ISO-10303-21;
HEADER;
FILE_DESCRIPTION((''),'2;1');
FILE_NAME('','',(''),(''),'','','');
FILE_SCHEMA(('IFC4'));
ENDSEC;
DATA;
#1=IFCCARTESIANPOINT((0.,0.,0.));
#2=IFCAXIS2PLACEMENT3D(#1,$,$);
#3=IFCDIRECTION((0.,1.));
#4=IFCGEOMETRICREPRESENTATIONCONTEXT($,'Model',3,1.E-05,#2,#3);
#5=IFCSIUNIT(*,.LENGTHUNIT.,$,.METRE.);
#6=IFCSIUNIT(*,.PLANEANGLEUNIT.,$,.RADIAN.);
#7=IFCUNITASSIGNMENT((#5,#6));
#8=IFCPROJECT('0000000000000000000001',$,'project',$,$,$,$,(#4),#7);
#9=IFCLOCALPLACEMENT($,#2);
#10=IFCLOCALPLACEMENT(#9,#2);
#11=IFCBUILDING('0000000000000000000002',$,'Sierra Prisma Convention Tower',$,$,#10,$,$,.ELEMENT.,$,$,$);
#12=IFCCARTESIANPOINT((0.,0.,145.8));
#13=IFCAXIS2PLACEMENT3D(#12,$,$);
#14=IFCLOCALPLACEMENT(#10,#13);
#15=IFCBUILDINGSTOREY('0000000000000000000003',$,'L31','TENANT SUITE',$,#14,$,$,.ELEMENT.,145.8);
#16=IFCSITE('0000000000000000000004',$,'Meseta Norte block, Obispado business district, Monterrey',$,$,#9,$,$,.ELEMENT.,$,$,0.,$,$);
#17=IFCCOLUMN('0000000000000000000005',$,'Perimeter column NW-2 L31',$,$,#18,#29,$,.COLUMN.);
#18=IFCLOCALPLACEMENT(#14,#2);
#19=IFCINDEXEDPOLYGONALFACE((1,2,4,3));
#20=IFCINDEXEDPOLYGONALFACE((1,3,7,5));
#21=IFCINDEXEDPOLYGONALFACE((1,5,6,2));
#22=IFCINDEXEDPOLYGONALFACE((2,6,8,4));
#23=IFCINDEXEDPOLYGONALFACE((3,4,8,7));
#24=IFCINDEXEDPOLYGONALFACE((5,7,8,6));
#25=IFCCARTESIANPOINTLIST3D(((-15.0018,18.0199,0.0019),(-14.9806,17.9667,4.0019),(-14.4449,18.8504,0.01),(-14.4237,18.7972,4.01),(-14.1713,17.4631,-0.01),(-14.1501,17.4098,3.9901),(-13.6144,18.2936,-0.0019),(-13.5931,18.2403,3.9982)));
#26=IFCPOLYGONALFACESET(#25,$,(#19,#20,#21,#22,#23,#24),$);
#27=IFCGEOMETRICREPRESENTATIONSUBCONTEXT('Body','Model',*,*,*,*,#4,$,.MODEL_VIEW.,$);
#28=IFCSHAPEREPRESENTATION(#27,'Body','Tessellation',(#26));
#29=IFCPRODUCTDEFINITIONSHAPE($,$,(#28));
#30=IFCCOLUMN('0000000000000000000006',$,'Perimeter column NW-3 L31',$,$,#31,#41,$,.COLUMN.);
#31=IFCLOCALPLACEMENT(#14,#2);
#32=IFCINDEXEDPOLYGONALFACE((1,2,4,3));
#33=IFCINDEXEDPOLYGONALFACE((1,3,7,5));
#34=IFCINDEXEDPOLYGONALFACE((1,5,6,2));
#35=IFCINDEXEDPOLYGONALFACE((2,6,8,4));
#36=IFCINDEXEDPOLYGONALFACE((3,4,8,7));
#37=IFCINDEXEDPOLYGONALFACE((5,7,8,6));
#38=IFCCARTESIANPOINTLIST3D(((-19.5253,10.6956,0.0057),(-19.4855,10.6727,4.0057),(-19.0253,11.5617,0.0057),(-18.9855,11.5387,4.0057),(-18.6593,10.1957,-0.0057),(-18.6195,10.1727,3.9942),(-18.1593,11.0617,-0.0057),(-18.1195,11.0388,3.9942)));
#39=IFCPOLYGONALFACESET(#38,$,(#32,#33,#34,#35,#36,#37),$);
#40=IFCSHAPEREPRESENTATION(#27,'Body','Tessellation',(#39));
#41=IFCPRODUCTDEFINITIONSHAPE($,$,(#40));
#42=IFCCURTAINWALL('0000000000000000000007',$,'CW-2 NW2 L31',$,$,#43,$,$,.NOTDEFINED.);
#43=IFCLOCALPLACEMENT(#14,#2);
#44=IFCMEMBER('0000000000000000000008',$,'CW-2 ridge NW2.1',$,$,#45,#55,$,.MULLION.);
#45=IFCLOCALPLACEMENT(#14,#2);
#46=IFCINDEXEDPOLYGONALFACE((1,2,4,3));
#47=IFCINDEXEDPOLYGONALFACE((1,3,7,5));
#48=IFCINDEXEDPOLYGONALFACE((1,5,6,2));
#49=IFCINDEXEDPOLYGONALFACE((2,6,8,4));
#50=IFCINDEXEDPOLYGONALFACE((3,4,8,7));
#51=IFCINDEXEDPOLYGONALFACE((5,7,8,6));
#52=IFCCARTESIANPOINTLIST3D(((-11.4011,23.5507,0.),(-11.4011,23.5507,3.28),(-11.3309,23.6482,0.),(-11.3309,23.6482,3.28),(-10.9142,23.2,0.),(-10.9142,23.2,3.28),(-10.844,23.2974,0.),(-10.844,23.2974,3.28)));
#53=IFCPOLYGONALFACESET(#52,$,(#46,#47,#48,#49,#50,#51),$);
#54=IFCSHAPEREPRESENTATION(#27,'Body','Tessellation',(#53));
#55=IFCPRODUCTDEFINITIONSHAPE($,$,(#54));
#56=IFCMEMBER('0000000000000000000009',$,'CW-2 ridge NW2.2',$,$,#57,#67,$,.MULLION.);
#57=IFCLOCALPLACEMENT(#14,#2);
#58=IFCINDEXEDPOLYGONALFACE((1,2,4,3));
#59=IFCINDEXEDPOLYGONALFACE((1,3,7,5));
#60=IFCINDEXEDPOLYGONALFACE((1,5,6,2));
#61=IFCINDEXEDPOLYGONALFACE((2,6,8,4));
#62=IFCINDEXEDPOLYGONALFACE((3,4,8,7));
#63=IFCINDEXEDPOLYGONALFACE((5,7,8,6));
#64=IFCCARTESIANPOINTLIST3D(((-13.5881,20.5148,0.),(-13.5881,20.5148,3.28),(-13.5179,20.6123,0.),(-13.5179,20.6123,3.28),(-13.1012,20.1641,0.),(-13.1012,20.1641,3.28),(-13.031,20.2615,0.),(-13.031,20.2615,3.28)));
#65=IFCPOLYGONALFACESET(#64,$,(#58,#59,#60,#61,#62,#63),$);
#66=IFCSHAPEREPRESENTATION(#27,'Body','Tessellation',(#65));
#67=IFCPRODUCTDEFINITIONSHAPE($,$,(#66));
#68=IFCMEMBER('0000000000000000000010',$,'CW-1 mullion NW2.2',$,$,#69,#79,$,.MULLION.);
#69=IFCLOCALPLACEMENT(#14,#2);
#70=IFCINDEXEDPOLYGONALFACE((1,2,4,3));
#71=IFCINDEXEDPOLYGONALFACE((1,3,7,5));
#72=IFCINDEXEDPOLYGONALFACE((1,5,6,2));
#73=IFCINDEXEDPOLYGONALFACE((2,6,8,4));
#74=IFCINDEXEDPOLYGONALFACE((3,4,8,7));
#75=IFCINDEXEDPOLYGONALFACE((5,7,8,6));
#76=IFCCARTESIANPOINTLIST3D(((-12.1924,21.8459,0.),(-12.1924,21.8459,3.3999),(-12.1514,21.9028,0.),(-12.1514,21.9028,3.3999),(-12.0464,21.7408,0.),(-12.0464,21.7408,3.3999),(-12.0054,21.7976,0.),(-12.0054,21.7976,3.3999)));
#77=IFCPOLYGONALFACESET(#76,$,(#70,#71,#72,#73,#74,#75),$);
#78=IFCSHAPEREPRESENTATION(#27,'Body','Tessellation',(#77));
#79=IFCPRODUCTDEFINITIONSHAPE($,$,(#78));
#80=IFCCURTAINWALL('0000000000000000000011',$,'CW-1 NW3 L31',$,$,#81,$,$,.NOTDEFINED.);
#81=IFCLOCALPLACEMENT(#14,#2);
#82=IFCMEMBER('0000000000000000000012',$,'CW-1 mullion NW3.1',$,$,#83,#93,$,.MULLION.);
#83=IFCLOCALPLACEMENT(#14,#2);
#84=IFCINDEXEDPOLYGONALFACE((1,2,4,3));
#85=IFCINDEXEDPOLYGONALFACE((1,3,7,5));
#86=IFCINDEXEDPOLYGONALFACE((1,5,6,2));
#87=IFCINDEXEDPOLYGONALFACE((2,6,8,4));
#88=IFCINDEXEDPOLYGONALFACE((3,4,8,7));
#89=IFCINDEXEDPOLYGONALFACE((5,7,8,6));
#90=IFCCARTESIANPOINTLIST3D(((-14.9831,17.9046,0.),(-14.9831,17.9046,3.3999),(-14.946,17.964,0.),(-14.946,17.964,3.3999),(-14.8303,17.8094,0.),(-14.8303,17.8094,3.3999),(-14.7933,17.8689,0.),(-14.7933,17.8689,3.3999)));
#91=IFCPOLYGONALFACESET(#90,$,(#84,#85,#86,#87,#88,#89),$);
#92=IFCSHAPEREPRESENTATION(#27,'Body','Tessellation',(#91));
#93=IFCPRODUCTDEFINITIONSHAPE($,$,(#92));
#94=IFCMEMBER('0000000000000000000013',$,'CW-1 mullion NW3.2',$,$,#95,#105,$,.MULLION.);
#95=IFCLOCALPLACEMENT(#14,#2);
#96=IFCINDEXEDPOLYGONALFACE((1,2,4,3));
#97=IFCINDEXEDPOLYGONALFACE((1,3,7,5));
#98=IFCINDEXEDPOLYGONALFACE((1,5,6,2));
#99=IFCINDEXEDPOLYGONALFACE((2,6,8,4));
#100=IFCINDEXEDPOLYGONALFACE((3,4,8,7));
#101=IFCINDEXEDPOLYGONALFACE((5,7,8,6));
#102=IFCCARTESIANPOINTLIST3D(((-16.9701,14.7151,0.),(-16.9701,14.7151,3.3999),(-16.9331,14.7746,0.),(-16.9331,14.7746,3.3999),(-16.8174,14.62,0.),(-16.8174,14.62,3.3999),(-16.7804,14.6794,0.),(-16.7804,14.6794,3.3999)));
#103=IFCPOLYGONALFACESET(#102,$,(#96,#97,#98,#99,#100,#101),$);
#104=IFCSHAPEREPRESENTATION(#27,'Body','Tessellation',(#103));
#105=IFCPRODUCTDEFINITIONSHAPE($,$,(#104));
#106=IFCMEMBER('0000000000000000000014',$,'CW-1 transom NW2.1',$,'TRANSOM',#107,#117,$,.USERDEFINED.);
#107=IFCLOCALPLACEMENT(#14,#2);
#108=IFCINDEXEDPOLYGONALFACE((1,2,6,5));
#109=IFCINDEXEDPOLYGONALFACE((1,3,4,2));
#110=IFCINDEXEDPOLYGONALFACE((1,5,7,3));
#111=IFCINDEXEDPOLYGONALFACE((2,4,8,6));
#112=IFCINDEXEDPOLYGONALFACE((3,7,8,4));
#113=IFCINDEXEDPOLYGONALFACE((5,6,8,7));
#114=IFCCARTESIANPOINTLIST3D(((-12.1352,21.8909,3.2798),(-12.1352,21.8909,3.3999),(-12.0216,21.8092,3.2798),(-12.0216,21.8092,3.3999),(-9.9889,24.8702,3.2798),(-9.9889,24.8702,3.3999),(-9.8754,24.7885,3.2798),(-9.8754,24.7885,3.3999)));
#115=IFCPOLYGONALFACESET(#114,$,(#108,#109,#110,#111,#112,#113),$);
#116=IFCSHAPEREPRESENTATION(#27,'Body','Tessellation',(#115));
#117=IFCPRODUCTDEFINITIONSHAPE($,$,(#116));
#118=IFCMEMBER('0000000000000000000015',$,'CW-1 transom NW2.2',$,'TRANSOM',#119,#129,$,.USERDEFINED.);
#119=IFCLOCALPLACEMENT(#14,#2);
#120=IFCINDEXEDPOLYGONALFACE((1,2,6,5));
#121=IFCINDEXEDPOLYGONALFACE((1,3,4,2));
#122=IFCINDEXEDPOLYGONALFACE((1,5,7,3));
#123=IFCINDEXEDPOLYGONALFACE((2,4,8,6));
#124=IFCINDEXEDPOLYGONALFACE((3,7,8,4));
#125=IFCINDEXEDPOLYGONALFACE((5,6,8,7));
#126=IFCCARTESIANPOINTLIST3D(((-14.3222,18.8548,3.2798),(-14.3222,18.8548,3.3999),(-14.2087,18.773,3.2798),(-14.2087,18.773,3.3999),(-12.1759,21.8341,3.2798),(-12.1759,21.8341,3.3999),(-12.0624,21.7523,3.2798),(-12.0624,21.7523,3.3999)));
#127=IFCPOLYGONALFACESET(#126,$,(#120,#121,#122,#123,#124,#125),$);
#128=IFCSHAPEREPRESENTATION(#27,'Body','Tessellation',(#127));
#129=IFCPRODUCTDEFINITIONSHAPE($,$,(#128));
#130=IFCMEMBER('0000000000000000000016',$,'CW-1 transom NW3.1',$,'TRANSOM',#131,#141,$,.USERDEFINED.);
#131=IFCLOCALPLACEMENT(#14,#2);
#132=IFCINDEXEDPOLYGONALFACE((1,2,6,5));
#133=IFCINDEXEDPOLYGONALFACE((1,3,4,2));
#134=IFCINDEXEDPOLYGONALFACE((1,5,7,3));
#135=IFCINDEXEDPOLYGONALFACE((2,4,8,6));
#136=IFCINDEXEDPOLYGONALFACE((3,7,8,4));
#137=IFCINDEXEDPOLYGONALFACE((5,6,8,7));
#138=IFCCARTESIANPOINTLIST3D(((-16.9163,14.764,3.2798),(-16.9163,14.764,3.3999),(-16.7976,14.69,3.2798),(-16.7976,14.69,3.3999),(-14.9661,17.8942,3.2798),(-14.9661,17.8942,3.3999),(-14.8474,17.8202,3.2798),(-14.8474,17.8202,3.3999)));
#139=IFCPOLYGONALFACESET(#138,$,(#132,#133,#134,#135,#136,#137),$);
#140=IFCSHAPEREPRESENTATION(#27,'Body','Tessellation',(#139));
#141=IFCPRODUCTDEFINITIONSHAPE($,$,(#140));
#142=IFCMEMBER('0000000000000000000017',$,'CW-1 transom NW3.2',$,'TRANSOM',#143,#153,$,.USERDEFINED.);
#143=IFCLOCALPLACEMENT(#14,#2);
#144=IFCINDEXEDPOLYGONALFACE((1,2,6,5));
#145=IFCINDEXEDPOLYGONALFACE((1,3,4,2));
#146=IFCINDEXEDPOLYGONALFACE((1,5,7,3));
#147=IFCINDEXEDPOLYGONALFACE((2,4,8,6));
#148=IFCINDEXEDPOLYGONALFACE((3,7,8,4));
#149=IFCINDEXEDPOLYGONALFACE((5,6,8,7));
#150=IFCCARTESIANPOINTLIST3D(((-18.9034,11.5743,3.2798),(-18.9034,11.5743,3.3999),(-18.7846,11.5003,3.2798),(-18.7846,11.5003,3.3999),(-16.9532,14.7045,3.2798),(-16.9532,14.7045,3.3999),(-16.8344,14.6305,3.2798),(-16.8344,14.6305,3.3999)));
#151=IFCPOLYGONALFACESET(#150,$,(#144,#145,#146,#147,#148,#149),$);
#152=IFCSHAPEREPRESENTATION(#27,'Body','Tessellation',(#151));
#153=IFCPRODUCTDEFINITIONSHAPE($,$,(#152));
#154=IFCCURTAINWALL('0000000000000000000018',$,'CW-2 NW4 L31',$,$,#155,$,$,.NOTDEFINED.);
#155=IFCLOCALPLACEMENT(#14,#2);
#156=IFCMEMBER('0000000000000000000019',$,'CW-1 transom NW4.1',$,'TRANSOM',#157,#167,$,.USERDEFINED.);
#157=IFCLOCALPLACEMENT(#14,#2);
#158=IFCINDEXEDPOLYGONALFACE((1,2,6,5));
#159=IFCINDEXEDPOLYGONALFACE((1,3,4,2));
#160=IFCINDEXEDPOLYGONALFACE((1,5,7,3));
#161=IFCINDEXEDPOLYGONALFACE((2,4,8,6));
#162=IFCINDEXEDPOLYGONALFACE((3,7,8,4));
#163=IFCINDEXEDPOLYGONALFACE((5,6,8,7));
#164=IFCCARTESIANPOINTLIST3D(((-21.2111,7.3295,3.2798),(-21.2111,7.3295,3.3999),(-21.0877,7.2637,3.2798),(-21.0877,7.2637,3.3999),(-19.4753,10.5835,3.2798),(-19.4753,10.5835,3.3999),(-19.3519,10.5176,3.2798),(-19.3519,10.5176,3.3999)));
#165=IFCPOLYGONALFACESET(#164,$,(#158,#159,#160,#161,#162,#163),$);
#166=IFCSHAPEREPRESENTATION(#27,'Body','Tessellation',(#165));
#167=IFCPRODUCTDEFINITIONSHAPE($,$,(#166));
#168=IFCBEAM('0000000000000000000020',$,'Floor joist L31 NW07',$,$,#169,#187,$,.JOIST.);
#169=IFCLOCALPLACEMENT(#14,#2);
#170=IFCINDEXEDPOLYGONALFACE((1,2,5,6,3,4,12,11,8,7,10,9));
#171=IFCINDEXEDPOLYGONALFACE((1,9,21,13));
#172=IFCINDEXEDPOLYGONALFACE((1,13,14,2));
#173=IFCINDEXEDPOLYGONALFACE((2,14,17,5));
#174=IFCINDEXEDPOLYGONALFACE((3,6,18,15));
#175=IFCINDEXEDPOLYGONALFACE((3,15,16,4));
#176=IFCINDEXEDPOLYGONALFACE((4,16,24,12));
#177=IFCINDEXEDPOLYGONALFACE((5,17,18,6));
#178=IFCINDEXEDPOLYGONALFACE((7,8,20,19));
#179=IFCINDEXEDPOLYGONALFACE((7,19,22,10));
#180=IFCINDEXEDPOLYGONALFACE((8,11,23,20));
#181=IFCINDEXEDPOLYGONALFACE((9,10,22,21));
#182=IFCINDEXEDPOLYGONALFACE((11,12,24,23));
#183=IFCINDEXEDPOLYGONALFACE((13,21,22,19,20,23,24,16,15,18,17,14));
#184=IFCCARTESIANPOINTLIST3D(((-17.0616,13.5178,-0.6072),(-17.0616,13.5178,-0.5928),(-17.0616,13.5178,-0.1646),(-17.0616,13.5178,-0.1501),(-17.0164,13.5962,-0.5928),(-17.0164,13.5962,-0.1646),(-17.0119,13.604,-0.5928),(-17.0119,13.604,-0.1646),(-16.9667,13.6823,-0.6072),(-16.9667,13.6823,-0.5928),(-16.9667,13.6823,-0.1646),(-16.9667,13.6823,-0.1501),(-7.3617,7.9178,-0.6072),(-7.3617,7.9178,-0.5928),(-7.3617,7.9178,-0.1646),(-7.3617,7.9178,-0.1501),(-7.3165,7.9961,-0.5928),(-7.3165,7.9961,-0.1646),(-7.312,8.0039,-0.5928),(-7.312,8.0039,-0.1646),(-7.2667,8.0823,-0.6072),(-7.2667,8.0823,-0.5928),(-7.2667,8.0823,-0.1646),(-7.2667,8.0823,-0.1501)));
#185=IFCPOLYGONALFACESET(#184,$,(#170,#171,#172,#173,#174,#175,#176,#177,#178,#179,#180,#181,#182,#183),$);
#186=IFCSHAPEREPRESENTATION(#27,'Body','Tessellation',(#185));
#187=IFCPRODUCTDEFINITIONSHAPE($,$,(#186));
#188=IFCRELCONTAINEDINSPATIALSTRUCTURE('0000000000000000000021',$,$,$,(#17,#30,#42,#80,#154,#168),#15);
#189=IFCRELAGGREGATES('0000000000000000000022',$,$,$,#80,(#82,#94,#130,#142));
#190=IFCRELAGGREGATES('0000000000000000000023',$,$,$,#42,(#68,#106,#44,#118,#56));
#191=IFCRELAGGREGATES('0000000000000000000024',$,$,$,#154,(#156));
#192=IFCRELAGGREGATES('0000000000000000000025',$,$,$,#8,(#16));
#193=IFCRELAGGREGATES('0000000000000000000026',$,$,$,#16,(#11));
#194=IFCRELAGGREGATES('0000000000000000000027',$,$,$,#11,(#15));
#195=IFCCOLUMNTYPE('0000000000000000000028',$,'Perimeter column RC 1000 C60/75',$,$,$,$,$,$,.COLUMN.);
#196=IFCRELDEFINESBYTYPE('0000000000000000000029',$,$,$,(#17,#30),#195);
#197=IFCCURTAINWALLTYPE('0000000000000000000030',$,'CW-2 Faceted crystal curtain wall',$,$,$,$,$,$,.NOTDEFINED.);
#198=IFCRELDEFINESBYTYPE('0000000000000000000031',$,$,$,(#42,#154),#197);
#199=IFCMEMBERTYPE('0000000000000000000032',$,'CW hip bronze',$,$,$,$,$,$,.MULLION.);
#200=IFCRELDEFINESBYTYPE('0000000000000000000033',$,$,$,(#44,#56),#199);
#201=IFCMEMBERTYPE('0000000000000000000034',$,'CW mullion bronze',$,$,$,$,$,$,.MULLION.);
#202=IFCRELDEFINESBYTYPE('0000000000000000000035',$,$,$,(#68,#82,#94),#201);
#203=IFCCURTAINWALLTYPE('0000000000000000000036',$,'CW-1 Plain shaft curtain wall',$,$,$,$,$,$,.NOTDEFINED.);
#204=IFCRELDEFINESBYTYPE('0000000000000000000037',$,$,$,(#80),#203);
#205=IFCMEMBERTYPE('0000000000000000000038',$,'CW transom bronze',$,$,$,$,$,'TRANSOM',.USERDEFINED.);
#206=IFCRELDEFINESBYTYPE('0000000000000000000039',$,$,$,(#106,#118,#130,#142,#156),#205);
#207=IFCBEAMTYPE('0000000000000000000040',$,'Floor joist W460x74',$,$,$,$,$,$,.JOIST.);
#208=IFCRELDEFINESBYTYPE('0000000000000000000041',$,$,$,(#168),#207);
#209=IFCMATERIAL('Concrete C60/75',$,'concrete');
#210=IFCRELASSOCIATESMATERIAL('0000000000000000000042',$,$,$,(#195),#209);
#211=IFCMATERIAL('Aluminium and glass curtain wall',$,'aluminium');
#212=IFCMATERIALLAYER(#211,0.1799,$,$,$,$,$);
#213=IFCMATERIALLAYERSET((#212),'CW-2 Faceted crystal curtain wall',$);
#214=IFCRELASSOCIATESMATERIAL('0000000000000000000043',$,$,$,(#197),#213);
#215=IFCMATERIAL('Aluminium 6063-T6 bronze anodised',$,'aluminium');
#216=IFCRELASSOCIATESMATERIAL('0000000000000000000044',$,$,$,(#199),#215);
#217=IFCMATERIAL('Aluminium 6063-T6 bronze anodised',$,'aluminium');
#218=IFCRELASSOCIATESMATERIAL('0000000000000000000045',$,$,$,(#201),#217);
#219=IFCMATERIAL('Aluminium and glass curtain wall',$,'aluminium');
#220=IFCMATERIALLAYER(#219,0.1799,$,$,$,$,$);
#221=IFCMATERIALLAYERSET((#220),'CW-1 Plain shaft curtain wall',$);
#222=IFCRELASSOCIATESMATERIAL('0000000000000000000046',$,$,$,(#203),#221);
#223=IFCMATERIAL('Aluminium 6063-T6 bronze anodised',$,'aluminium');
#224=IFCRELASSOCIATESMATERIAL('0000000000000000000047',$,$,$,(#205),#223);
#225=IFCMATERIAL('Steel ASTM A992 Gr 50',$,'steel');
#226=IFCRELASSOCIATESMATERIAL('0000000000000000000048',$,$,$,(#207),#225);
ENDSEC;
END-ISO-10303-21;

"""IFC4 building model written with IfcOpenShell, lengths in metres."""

from ifc_helpers import new_model, si_unit, direction, frame, origin, origin_2d, place, context, subcontext, project, spatial, rectangle, i_section, extrude, material, layer, layer_set, material_profile, profile_set, type_object, element, aggregate, save


model = new_model("IFC4")

# Units and contexts
model_context = context("Model", 3, precision=1e-05, world=origin(), true_north=direction((0.0, 1.0)))
body_context = subcontext(model_context, "Body", "Model", "MODEL_VIEW")
ifc_project = project(units=[si_unit("LENGTHUNIT", "METRE"), si_unit("PLANEANGLEUNIT", "RADIAN")], contexts=[model_context])

# Site, building, storey
site_placement = place(None, origin())
site = spatial("IfcSite", under=ifc_project, at=site_placement, Name="Meseta Norte block, Obispado business district, Monterrey", CompositionType="ELEMENT", RefElevation=0.0)
building_placement = place(site_placement, origin())
building = spatial("IfcBuilding", under=site, at=building_placement, Name="Sierra Prisma Convention Tower", CompositionType="ELEMENT")
storey_placement = place(building_placement, frame((0.0, 0.0, 145.8)))
storey = spatial("IfcBuildingStorey", under=building, at=storey_placement, Name="L31", Description="TENANT SUITE", CompositionType="ELEMENT", Elevation=145.8)

# Columns
ifc_material_1 = material(Name="Concrete C60/75", Category="concrete")
ifc_material_profile_1 = material_profile(ifc_material_1, rectangle(XDim=1.0, YDim=1.0, at=origin_2d()), Name="Perimeter column RC 1000 C60/75")
ifc_profile_set_1 = profile_set([ifc_material_profile_1], Name="Concrete C60/75")
column_type = type_object("IfcColumnType", Name="Perimeter column RC 1000 C60/75", PredefinedType="COLUMN", material=ifc_profile_set_1)
column_1_placement = place(storey_placement, frame((-14.3081, 18.1567, 0.0), z_axis=(0.00531, -0.013304, 0.999897), x_axis=(0.556955, 0.830503, 0.008093)))
element("IfcColumn", 1, at=column_1_placement, inside=storey, type_object=column_type, Name="Perimeter column NW-2 L31", PredefinedType="COLUMN", context=body_context, shape_type="SweptSolid", body=[
    extrude(rectangle(XDim=1.0, YDim=1.0, at=origin_2d()), origin(), (0.0, 0.0, 1.0), 4.0005),
])
column_2_placement = place(storey_placement, frame((-18.8423, 10.8787, 0.0), z_axis=(0.009948, -0.005737, 0.999934), x_axis=(0.499975, 0.86604, -0.000005)))
element("IfcColumn", 2, at=column_2_placement, inside=storey, type_object=column_type, Name="Perimeter column NW-3 L31", PredefinedType="COLUMN", context=body_context, shape_type="SweptSolid", body=[
    extrude(rectangle(XDim=1.0, YDim=1.0, at=origin_2d()), origin(), (0.0, 0.0, 1.0), 4.0002),
])

# Curtain walls, members
ifc_material_2 = material(Name="Aluminium and glass curtain wall", Category="aluminium")
ifc_layer_1 = layer(ifc_material_2, 0.1799)
ifc_layer_set_1 = layer_set([ifc_layer_1], Name="CW-2 Faceted crystal curtain wall")
curtain_wall_type_1 = type_object("IfcCurtainWallType", Name="CW-2 Faceted crystal curtain wall", PredefinedType="NOTDEFINED", material=ifc_layer_set_1)
curtain_wall_1_placement = place(storey_placement, origin())
curtain_wall_1 = element("IfcCurtainWall", 3, at=curtain_wall_1_placement, inside=storey, type_object=curtain_wall_type_1, Name="CW-2 NW2 L31", PredefinedType="NOTDEFINED")
ifc_material_3 = material(Name="Aluminium 6063-T6 bronze anodised", Category="aluminium")
ifc_material_profile_2 = material_profile(ifc_material_3, rectangle(XDim=0.1201, YDim=0.6001, at=origin_2d()), Name="ALU RIDGE BLADE 120x600")
ifc_profile_set_2 = profile_set([ifc_material_profile_2], Name="Aluminium 6063-T6 bronze anodised")
member_type_1 = type_object("IfcMemberType", Name="CW hip bronze", PredefinedType="MULLION", material=ifc_profile_set_2)
member_1_placement = place(storey_placement, frame((-11.1226, 23.4241, 0.0), z_axis=(0.0, 0.0, 1.0), x_axis=(-0.584519, -0.81138, 0.0)))
member_1 = element("IfcMember", 4, at=member_1_placement, type_object=member_type_1, Name="CW-2 ridge NW2.1", PredefinedType="MULLION", context=body_context, shape_type="SweptSolid", body=[
    extrude(rectangle(XDim=0.1201, YDim=0.6001, at=origin_2d()), origin(), (0.0, 0.0, 1.0), 3.28),
])
member_2_placement = place(storey_placement, frame((-13.3096, 20.3882, 0.0), z_axis=(0.0, 0.0, 1.0), x_axis=(-0.584519, -0.81138, 0.0)))
member_2 = element("IfcMember", 5, at=member_2_placement, type_object=member_type_1, Name="CW-2 ridge NW2.2", PredefinedType="MULLION", context=body_context, shape_type="SweptSolid", body=[
    extrude(rectangle(XDim=0.1201, YDim=0.6001, at=origin_2d()), origin(), (0.0, 0.0, 1.0), 3.28),
])
ifc_material_4 = material(Name="Aluminium 6063-T6 bronze anodised", Category="aluminium")
ifc_material_profile_3 = material_profile(ifc_material_4, rectangle(XDim=0.1799, YDim=0.0701, at=origin_2d()), Name="ALU MULLION 70x180")
ifc_profile_set_3 = profile_set([ifc_material_profile_3], Name="Aluminium 6063-T6 bronze anodised")
member_type_2 = type_object("IfcMemberType", Name="CW mullion bronze", PredefinedType="MULLION", material=ifc_profile_set_3)
member_3_placement = place(storey_placement, frame((-12.0989, 21.8218, 0.0), z_axis=(0.0, 0.0, 1.0), x_axis=(0.81138, -0.584519, 0.0)))
member_3 = element("IfcMember", 6, at=member_3_placement, type_object=member_type_2, Name="CW-1 mullion NW2.2", PredefinedType="MULLION", context=body_context, shape_type="SweptSolid", body=[
    extrude(rectangle(XDim=0.1799, YDim=0.0701, at=origin_2d()), origin(), (0.0, 0.0, 1.0), 3.3999),
])
ifc_material_5 = material(Name="Aluminium and glass curtain wall", Category="aluminium")
ifc_layer_2 = layer(ifc_material_5, 0.1799)
ifc_layer_set_2 = layer_set([ifc_layer_2], Name="CW-1 Plain shaft curtain wall")
curtain_wall_type_2 = type_object("IfcCurtainWallType", Name="CW-1 Plain shaft curtain wall", PredefinedType="NOTDEFINED", material=ifc_layer_set_2)
curtain_wall_2_placement = place(storey_placement, origin())
curtain_wall_2 = element("IfcCurtainWall", 7, at=curtain_wall_2_placement, inside=storey, type_object=curtain_wall_type_2, Name="CW-1 NW3 L31", PredefinedType="NOTDEFINED")
member_4_placement = place(storey_placement, frame((-14.8882, 17.8867, 0.0), z_axis=(0.0, 0.0, 1.0), x_axis=(0.848759, -0.528779, 0.0)))
member_4 = element("IfcMember", 8, at=member_4_placement, type_object=member_type_2, Name="CW-1 mullion NW3.1", PredefinedType="MULLION", context=body_context, shape_type="SweptSolid", body=[
    extrude(rectangle(XDim=0.1799, YDim=0.0701, at=origin_2d()), origin(), (0.0, 0.0, 1.0), 3.3999),
])
member_5_placement = place(storey_placement, frame((-16.8752, 14.6973, 0.0), z_axis=(0.0, 0.0, 1.0), x_axis=(0.848759, -0.528779, 0.0)))
member_5 = element("IfcMember", 9, at=member_5_placement, type_object=member_type_2, Name="CW-1 mullion NW3.2", PredefinedType="MULLION", context=body_context, shape_type="SweptSolid", body=[
    extrude(rectangle(XDim=0.1799, YDim=0.0701, at=origin_2d()), origin(), (0.0, 0.0, 1.0), 3.3999),
])

# Members
ifc_material_6 = material(Name="Aluminium 6063-T6 bronze anodised", Category="aluminium")
ifc_material_profile_4 = material_profile(ifc_material_6, rectangle(XDim=0.1399, YDim=0.1201, at=origin_2d()), Name="ALU TRANSOM 120x140")
ifc_profile_set_4 = profile_set([ifc_material_profile_4], Name="Aluminium 6063-T6 bronze anodised")
member_type_3 = type_object("IfcMemberType", Name="CW transom bronze", ElementType="TRANSOM", PredefinedType="USERDEFINED", material=ifc_profile_set_4)
member_6_placement = place(storey_placement, frame((-9.9321, 24.8293, 3.3398), z_axis=(-0.584517, -0.811382, 0.0), x_axis=(0.811382, -0.584517, 0.0)))
member_6 = element("IfcMember", 10, at=member_6_placement, type_object=member_type_3, Name="CW-1 transom NW2.1", ObjectType="TRANSOM", PredefinedType="USERDEFINED", context=body_context, shape_type="SweptSolid", body=[
    extrude(rectangle(XDim=0.1399, YDim=0.1201, at=origin_2d()), origin(), (0.0, 0.0, 1.0), 3.6719),
])
member_7_placement = place(storey_placement, frame((-12.1191, 21.7932, 3.3398), z_axis=(-0.584517, -0.811382, 0.0), x_axis=(0.811382, -0.584517, 0.0)))
member_7 = element("IfcMember", 11, at=member_7_placement, type_object=member_type_3, Name="CW-1 transom NW2.2", ObjectType="TRANSOM", PredefinedType="USERDEFINED", context=body_context, shape_type="SweptSolid", body=[
    extrude(rectangle(XDim=0.1399, YDim=0.1201, at=origin_2d()), origin(), (0.0, 0.0, 1.0), 3.6719),
])
member_8_placement = place(storey_placement, frame((-14.9067, 17.8572, 3.3398), z_axis=(-0.528802, -0.848745, 0.0), x_axis=(0.848745, -0.528802, 0.0)))
member_8 = element("IfcMember", 12, at=member_8_placement, type_object=member_type_3, Name="CW-1 transom NW3.1", ObjectType="TRANSOM", PredefinedType="USERDEFINED", context=body_context, shape_type="SweptSolid", body=[
    extrude(rectangle(XDim=0.1399, YDim=0.1201, at=origin_2d()), origin(), (0.0, 0.0, 1.0), 3.688),
])
member_9_placement = place(storey_placement, frame((-16.8938, 14.6675, 3.3398), z_axis=(-0.528802, -0.848745, 0.0), x_axis=(0.848745, -0.528802, 0.0)))
member_9 = element("IfcMember", 13, at=member_9_placement, type_object=member_type_3, Name="CW-1 transom NW3.2", ObjectType="TRANSOM", PredefinedType="USERDEFINED", context=body_context, shape_type="SweptSolid", body=[
    extrude(rectangle(XDim=0.1399, YDim=0.1201, at=origin_2d()), origin(), (0.0, 0.0, 1.0), 3.688),
])

# Curtain wall, member
curtain_wall_3_placement = place(storey_placement, origin())
curtain_wall_3 = element("IfcCurtainWall", 14, at=curtain_wall_3_placement, inside=storey, type_object=curtain_wall_type_1, Name="CW-2 NW4 L31", PredefinedType="NOTDEFINED")
member_10_placement = place(storey_placement, frame((-19.4136, 10.5505, 3.3398), z_axis=(-0.470678, -0.882305, 0.0), x_axis=(0.882305, -0.470678, 0.0)))
member_10 = element("IfcMember", 15, at=member_10_placement, type_object=member_type_3, Name="CW-1 transom NW4.1", ObjectType="TRANSOM", PredefinedType="USERDEFINED", context=body_context, shape_type="SweptSolid", body=[
    extrude(rectangle(XDim=0.1399, YDim=0.1201, at=origin_2d()), origin(), (0.0, 0.0, 1.0), 3.688),
])

# Beam
ifc_material_7 = material(Name="Steel ASTM A992 Gr 50", Category="steel")
ifc_material_profile_5 = material_profile(ifc_material_7, i_section(OverallWidth=0.1899, OverallDepth=0.457, WebThickness=0.009, FlangeThickness=0.0144, at=origin_2d()), Name="W460x74")
ifc_profile_set_5 = profile_set([ifc_material_profile_5], Name="Steel ASTM A992 Gr 50")
beam_type_1 = type_object("IfcBeamType", Name="Floor joist W460x74", PredefinedType="JOIST", material=ifc_profile_set_5)
beam_1_placement = place(storey_placement, frame((-17.0142, 13.6001, -0.3787), z_axis=(0.866032, -0.499988, 0.0), x_axis=(0.499988, 0.866032, 0.0)))
element("IfcBeam", 16, at=beam_1_placement, inside=storey, type_object=beam_type_1, Name="Floor joist L31 NW07", PredefinedType="JOIST", context=body_context, shape_type="SweptSolid", body=[
    extrude(i_section(OverallWidth=0.1899, OverallDepth=0.457, WebThickness=0.009, FlangeThickness=0.0144, at=origin_2d()), origin(), (0.0, 0.0, 1.0), 11.2004),
])

aggregate(curtain_wall_2, [member_4, member_5, member_8, member_9])
aggregate(curtain_wall_1, [member_3, member_6, member_1, member_7, member_2])
aggregate(curtain_wall_3, [member_10])

save(model, "model.ifc")
